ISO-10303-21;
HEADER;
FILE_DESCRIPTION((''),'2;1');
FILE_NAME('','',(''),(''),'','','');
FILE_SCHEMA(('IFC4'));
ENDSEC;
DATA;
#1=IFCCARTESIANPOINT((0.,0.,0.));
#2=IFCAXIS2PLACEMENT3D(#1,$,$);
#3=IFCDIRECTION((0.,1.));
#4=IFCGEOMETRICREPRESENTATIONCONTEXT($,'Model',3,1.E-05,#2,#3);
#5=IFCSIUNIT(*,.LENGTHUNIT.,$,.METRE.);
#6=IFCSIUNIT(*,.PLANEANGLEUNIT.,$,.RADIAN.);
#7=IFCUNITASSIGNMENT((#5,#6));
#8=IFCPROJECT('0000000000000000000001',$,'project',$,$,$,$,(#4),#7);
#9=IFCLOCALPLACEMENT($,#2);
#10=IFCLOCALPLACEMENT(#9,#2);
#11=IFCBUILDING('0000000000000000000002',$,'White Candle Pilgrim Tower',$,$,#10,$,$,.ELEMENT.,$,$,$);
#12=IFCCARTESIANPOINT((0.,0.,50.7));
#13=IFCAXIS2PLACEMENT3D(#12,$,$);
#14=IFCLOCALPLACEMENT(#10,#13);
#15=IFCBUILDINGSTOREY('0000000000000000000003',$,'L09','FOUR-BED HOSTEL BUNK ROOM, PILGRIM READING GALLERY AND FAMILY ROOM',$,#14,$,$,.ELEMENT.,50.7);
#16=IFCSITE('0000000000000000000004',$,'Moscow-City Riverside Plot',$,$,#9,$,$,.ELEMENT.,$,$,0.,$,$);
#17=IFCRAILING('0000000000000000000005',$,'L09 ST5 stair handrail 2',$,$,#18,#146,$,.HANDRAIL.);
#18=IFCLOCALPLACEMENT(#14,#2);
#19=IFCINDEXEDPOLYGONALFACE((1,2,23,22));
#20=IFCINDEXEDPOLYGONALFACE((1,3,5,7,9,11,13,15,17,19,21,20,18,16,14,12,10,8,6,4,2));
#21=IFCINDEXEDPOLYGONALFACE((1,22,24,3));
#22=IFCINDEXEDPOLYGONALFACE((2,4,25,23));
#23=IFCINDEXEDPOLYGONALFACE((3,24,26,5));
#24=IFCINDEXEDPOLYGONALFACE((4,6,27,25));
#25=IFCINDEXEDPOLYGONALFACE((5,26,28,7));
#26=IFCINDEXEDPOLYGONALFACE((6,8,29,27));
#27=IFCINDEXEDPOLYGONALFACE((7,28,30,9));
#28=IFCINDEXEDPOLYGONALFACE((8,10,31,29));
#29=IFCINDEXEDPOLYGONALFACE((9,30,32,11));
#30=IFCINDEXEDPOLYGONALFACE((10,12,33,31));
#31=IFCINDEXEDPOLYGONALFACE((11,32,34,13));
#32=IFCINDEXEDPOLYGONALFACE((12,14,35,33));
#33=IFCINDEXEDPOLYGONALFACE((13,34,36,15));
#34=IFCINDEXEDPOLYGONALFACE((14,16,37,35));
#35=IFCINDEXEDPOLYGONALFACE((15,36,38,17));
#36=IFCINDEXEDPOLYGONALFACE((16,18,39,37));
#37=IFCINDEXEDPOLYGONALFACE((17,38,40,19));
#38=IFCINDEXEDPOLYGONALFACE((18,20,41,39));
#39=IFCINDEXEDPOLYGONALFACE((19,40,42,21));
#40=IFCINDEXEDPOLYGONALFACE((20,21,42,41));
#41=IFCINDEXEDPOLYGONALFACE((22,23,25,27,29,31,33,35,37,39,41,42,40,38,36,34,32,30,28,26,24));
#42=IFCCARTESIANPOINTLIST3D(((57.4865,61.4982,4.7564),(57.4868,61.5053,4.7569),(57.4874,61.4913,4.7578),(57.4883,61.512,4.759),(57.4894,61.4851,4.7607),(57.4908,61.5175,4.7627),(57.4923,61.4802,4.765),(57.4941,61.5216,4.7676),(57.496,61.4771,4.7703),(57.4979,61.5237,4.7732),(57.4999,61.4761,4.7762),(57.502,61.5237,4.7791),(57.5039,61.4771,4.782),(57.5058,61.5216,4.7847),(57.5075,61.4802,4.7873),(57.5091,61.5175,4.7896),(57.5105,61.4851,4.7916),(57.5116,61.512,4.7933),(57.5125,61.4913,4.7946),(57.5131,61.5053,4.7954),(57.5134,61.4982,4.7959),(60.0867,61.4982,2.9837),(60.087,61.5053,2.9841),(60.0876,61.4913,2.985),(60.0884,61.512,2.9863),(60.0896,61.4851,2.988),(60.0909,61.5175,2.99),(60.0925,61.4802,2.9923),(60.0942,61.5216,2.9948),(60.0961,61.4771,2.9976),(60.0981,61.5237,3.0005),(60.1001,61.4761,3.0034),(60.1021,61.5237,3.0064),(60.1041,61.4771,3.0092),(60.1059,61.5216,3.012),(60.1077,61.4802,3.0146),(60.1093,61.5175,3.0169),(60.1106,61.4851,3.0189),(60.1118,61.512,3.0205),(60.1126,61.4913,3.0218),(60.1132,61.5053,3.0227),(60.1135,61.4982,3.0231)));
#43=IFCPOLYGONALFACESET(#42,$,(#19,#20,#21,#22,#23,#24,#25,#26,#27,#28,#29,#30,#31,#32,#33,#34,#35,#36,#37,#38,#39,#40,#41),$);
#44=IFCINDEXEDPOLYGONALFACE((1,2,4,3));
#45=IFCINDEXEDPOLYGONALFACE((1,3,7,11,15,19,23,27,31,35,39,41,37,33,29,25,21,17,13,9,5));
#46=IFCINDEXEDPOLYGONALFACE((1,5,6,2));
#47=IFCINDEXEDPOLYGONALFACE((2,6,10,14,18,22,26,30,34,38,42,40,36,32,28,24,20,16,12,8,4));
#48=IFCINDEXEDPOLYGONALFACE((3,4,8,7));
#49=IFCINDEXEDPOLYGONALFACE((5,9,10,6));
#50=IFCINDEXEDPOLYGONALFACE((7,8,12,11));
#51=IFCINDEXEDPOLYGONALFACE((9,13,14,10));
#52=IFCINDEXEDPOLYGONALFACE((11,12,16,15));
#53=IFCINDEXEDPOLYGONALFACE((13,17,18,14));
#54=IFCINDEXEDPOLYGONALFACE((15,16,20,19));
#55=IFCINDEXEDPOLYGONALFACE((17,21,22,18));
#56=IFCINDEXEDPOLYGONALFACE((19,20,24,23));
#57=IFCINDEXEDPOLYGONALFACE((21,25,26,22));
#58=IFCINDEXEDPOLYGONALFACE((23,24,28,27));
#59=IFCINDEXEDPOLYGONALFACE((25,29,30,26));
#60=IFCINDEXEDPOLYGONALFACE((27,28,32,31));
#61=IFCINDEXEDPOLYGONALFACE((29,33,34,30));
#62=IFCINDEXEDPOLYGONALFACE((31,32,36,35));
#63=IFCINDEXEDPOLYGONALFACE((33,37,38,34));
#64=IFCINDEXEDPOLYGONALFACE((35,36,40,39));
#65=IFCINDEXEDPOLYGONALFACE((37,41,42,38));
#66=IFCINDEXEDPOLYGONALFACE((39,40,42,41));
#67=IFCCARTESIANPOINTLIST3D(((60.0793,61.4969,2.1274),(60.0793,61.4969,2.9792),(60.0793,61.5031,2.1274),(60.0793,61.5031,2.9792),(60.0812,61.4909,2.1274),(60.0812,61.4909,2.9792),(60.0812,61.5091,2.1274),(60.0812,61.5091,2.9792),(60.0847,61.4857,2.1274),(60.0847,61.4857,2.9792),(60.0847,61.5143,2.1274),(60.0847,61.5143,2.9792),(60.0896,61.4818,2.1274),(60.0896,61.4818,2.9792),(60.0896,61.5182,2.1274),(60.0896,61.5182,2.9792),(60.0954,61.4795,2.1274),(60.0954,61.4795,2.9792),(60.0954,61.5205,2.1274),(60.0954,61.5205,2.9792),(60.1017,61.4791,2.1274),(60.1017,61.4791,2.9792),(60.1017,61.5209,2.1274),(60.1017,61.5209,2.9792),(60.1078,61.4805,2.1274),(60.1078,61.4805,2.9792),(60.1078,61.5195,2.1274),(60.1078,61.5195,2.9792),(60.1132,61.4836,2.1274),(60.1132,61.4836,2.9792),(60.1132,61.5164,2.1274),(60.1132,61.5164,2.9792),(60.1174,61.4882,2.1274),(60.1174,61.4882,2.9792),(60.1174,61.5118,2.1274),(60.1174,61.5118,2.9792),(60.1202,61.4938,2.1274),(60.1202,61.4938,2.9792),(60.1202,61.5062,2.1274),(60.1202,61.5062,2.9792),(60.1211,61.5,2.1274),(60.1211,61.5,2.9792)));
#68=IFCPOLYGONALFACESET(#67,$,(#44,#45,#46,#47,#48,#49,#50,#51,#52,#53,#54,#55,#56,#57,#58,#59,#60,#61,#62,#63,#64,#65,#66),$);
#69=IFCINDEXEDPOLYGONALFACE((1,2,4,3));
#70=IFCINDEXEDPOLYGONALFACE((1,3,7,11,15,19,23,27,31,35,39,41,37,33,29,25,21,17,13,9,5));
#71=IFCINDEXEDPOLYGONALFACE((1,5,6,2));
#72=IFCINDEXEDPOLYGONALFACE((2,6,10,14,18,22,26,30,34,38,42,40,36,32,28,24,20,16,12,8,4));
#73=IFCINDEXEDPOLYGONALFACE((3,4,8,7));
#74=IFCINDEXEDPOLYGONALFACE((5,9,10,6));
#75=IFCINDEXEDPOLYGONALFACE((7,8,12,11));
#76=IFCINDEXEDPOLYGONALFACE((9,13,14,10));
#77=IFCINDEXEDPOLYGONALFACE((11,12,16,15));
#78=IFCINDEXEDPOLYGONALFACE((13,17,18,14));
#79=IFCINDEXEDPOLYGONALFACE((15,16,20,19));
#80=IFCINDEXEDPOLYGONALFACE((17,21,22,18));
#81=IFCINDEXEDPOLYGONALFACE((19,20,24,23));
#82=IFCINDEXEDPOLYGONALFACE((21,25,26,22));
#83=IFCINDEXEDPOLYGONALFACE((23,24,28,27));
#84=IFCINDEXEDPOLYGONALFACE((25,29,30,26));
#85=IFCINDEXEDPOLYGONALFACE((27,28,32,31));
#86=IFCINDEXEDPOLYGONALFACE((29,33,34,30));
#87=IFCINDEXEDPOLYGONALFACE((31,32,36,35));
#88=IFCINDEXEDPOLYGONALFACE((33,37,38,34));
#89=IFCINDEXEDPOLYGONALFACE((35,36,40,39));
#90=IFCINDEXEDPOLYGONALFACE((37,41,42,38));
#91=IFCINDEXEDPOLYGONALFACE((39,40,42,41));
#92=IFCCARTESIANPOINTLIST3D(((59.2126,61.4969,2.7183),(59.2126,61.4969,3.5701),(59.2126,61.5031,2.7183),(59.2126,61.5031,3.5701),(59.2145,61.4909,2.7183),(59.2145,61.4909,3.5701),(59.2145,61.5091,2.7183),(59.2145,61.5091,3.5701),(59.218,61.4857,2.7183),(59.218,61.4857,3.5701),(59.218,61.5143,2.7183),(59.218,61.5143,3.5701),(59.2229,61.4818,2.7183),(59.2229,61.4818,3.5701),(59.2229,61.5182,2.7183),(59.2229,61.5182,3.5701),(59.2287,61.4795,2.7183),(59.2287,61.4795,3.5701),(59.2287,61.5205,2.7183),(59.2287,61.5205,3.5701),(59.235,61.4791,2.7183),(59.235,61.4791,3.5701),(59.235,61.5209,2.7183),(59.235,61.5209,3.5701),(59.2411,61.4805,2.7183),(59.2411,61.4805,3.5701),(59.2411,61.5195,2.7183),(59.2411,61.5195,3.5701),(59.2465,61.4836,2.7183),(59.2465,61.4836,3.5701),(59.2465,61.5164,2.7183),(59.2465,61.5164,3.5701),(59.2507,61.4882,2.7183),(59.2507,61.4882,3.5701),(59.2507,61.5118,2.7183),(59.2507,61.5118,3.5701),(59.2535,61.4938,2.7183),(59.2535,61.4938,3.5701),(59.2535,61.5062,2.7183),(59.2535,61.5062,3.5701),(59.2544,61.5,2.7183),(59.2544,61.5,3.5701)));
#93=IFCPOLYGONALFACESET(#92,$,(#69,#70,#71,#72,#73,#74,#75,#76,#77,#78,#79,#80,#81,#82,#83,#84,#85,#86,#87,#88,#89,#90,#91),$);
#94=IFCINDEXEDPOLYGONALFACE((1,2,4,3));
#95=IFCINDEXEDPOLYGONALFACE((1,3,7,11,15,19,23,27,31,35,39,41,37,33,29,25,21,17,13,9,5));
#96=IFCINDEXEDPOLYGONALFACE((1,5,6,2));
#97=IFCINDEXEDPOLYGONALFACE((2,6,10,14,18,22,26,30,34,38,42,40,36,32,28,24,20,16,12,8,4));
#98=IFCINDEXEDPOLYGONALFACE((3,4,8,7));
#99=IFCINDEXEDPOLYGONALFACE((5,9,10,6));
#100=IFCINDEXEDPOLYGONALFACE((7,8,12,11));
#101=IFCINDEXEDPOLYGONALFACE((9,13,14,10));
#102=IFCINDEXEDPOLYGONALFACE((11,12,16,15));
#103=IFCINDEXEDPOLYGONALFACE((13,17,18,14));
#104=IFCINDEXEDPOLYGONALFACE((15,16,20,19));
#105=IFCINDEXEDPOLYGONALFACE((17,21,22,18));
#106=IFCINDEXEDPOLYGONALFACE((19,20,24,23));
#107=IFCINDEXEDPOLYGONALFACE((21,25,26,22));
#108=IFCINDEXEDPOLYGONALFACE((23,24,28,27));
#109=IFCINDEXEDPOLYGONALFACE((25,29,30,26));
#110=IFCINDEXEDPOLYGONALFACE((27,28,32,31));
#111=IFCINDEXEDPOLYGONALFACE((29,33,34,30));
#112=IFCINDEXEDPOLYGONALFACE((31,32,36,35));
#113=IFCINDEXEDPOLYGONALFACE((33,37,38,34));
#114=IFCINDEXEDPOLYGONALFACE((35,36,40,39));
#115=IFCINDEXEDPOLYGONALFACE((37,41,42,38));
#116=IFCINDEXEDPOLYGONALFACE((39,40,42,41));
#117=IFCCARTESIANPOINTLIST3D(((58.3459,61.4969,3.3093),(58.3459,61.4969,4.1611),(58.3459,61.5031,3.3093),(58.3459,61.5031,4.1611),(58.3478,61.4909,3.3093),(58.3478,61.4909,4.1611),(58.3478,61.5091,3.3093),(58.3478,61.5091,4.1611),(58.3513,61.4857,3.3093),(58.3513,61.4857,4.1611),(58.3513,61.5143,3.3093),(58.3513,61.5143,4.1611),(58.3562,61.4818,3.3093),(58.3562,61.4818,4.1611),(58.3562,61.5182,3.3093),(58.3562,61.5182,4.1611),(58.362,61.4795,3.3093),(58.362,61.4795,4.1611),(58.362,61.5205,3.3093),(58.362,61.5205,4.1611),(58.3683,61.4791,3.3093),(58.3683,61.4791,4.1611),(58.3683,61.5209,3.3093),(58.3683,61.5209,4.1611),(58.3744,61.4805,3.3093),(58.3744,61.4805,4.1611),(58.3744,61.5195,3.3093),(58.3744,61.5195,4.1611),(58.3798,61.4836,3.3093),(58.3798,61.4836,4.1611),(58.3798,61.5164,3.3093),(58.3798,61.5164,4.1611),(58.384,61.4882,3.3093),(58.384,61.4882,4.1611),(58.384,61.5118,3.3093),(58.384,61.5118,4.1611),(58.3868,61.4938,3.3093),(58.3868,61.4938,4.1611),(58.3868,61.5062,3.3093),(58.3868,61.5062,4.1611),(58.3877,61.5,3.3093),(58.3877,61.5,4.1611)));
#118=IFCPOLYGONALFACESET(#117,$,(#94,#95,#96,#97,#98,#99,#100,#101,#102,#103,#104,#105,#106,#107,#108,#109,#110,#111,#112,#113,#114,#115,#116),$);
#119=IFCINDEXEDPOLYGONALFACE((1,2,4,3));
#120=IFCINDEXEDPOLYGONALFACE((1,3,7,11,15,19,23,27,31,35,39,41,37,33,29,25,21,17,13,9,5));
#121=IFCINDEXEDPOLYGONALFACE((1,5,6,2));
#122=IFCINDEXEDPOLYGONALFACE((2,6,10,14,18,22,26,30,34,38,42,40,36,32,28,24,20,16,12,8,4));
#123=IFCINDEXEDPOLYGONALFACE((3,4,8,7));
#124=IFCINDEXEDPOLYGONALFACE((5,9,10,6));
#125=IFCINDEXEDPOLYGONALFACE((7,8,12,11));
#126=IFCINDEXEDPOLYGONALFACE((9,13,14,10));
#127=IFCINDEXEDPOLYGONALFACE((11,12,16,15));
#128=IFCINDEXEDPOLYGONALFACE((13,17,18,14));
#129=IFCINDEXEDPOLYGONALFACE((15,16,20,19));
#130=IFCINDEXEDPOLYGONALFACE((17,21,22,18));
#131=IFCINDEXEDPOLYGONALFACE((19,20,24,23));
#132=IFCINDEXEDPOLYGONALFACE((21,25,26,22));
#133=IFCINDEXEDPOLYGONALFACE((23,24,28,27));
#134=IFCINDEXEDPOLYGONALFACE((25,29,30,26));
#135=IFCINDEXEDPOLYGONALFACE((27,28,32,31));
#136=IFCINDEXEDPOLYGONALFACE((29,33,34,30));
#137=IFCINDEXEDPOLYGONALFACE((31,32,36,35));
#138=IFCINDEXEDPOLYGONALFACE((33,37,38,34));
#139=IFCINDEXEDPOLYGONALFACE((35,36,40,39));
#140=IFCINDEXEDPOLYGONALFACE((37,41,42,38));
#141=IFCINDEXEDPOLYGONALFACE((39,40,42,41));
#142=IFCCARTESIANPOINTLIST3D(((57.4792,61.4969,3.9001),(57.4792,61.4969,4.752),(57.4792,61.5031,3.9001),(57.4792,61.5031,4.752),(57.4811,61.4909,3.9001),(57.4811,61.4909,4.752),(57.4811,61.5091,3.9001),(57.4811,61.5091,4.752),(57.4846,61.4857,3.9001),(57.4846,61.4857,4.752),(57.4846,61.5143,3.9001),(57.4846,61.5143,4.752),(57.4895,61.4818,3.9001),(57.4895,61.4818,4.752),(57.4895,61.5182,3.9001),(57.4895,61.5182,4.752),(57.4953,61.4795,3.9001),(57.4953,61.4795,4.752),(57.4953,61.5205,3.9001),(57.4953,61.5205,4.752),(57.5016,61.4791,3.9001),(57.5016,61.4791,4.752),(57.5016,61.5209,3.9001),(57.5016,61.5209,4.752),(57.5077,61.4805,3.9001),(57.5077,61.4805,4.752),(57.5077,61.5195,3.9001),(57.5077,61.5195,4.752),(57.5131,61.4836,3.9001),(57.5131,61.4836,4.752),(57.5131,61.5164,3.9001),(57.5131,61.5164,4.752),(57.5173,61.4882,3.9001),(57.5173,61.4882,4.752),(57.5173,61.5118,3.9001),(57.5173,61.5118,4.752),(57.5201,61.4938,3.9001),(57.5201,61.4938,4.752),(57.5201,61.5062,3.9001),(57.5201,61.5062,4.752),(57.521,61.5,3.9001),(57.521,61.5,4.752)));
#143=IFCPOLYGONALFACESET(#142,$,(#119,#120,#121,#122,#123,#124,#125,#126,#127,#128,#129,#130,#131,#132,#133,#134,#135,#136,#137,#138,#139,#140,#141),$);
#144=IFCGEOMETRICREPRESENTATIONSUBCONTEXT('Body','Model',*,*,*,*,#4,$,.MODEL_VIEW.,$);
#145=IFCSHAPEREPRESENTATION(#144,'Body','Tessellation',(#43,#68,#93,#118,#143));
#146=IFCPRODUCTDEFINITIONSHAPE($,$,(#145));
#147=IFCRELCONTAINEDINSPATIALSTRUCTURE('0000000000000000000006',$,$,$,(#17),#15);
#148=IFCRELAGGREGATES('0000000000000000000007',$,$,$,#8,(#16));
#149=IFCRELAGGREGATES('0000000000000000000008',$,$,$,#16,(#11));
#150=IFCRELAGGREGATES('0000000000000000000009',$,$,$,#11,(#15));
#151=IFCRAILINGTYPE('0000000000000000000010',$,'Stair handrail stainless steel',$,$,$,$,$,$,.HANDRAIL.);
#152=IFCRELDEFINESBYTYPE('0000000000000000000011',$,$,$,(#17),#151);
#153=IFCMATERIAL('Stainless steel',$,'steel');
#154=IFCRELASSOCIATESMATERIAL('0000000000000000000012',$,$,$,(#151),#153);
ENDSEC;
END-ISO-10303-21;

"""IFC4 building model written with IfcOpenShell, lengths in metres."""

from ifc_helpers import new_model, si_unit, direction, frame, origin, origin_2d, place, context, subcontext, project, spatial, circle, extrude, material, type_object, element, save


model = new_model("IFC4")

# Units and contexts
model_context = context("Model", 3, precision=1e-05, world=origin(), true_north=direction((0.0, 1.0)))
body_context = subcontext(model_context, "Body", "Model", "MODEL_VIEW")
ifc_project = project(units=[si_unit("LENGTHUNIT", "METRE"), si_unit("PLANEANGLEUNIT", "RADIAN")], contexts=[model_context])

# Site, building, storey
site_placement = place(None, origin())
site = spatial("IfcSite", under=ifc_project, at=site_placement, Name="Moscow-City Riverside Plot", CompositionType="ELEMENT", RefElevation=0.0)
building_placement = place(site_placement, origin())
building = spatial("IfcBuilding", under=site, at=building_placement, Name="White Candle Pilgrim Tower", CompositionType="ELEMENT")
storey_placement = place(building_placement, frame((0.0, 0.0, 50.7)))
storey = spatial("IfcBuildingStorey", under=building, at=storey_placement, Name="L09", Description="FOUR-BED HOSTEL BUNK ROOM, PILGRIM READING GALLERY AND FAMILY ROOM", CompositionType="ELEMENT", Elevation=50.7)

# Railing
ifc_material_1 = material(Name="Stainless steel", Category="steel")
railing_type_1 = type_object("IfcRailingType", Name="Stair handrail stainless steel", PredefinedType="HANDRAIL", material=ifc_material_1)
railing_1_placement = place(storey_placement, frame((60.1001, 61.5, 2.1274)))
element("IfcRailing", 1, at=railing_1_placement, inside=storey, type_object=railing_type_1, Name="L09 ST5 stair handrail 2", PredefinedType="HANDRAIL", context=body_context, shape_type="SweptSolid", body=[
    extrude(circle(Radius=0.0239, at=origin_2d()), frame((0.0, 0.0, 0.876), z_axis=(-0.82624, 0.0, 0.563318), x_axis=(0.0, -1.0, 0.0)), (0.0, 0.0, 1.0), 3.147),
    extrude(circle(Radius=0.021, at=origin_2d()), origin(), (0.0, 0.0, 1.0), 0.8518),
    extrude(circle(Radius=0.021, at=origin_2d()), frame((-0.8667, 0.0, 0.5908)), (0.0, 0.0, 1.0), 0.8518),
    extrude(circle(Radius=0.021, at=origin_2d()), frame((-1.7334, 0.0, 1.1819)), (0.0, 0.0, 1.0), 0.8518),
    extrude(circle(Radius=0.021, at=origin_2d()), frame((-2.6001, 0.0, 1.7727)), (0.0, 0.0, 1.0), 0.8518),
])

save(model, "model.ifc")
